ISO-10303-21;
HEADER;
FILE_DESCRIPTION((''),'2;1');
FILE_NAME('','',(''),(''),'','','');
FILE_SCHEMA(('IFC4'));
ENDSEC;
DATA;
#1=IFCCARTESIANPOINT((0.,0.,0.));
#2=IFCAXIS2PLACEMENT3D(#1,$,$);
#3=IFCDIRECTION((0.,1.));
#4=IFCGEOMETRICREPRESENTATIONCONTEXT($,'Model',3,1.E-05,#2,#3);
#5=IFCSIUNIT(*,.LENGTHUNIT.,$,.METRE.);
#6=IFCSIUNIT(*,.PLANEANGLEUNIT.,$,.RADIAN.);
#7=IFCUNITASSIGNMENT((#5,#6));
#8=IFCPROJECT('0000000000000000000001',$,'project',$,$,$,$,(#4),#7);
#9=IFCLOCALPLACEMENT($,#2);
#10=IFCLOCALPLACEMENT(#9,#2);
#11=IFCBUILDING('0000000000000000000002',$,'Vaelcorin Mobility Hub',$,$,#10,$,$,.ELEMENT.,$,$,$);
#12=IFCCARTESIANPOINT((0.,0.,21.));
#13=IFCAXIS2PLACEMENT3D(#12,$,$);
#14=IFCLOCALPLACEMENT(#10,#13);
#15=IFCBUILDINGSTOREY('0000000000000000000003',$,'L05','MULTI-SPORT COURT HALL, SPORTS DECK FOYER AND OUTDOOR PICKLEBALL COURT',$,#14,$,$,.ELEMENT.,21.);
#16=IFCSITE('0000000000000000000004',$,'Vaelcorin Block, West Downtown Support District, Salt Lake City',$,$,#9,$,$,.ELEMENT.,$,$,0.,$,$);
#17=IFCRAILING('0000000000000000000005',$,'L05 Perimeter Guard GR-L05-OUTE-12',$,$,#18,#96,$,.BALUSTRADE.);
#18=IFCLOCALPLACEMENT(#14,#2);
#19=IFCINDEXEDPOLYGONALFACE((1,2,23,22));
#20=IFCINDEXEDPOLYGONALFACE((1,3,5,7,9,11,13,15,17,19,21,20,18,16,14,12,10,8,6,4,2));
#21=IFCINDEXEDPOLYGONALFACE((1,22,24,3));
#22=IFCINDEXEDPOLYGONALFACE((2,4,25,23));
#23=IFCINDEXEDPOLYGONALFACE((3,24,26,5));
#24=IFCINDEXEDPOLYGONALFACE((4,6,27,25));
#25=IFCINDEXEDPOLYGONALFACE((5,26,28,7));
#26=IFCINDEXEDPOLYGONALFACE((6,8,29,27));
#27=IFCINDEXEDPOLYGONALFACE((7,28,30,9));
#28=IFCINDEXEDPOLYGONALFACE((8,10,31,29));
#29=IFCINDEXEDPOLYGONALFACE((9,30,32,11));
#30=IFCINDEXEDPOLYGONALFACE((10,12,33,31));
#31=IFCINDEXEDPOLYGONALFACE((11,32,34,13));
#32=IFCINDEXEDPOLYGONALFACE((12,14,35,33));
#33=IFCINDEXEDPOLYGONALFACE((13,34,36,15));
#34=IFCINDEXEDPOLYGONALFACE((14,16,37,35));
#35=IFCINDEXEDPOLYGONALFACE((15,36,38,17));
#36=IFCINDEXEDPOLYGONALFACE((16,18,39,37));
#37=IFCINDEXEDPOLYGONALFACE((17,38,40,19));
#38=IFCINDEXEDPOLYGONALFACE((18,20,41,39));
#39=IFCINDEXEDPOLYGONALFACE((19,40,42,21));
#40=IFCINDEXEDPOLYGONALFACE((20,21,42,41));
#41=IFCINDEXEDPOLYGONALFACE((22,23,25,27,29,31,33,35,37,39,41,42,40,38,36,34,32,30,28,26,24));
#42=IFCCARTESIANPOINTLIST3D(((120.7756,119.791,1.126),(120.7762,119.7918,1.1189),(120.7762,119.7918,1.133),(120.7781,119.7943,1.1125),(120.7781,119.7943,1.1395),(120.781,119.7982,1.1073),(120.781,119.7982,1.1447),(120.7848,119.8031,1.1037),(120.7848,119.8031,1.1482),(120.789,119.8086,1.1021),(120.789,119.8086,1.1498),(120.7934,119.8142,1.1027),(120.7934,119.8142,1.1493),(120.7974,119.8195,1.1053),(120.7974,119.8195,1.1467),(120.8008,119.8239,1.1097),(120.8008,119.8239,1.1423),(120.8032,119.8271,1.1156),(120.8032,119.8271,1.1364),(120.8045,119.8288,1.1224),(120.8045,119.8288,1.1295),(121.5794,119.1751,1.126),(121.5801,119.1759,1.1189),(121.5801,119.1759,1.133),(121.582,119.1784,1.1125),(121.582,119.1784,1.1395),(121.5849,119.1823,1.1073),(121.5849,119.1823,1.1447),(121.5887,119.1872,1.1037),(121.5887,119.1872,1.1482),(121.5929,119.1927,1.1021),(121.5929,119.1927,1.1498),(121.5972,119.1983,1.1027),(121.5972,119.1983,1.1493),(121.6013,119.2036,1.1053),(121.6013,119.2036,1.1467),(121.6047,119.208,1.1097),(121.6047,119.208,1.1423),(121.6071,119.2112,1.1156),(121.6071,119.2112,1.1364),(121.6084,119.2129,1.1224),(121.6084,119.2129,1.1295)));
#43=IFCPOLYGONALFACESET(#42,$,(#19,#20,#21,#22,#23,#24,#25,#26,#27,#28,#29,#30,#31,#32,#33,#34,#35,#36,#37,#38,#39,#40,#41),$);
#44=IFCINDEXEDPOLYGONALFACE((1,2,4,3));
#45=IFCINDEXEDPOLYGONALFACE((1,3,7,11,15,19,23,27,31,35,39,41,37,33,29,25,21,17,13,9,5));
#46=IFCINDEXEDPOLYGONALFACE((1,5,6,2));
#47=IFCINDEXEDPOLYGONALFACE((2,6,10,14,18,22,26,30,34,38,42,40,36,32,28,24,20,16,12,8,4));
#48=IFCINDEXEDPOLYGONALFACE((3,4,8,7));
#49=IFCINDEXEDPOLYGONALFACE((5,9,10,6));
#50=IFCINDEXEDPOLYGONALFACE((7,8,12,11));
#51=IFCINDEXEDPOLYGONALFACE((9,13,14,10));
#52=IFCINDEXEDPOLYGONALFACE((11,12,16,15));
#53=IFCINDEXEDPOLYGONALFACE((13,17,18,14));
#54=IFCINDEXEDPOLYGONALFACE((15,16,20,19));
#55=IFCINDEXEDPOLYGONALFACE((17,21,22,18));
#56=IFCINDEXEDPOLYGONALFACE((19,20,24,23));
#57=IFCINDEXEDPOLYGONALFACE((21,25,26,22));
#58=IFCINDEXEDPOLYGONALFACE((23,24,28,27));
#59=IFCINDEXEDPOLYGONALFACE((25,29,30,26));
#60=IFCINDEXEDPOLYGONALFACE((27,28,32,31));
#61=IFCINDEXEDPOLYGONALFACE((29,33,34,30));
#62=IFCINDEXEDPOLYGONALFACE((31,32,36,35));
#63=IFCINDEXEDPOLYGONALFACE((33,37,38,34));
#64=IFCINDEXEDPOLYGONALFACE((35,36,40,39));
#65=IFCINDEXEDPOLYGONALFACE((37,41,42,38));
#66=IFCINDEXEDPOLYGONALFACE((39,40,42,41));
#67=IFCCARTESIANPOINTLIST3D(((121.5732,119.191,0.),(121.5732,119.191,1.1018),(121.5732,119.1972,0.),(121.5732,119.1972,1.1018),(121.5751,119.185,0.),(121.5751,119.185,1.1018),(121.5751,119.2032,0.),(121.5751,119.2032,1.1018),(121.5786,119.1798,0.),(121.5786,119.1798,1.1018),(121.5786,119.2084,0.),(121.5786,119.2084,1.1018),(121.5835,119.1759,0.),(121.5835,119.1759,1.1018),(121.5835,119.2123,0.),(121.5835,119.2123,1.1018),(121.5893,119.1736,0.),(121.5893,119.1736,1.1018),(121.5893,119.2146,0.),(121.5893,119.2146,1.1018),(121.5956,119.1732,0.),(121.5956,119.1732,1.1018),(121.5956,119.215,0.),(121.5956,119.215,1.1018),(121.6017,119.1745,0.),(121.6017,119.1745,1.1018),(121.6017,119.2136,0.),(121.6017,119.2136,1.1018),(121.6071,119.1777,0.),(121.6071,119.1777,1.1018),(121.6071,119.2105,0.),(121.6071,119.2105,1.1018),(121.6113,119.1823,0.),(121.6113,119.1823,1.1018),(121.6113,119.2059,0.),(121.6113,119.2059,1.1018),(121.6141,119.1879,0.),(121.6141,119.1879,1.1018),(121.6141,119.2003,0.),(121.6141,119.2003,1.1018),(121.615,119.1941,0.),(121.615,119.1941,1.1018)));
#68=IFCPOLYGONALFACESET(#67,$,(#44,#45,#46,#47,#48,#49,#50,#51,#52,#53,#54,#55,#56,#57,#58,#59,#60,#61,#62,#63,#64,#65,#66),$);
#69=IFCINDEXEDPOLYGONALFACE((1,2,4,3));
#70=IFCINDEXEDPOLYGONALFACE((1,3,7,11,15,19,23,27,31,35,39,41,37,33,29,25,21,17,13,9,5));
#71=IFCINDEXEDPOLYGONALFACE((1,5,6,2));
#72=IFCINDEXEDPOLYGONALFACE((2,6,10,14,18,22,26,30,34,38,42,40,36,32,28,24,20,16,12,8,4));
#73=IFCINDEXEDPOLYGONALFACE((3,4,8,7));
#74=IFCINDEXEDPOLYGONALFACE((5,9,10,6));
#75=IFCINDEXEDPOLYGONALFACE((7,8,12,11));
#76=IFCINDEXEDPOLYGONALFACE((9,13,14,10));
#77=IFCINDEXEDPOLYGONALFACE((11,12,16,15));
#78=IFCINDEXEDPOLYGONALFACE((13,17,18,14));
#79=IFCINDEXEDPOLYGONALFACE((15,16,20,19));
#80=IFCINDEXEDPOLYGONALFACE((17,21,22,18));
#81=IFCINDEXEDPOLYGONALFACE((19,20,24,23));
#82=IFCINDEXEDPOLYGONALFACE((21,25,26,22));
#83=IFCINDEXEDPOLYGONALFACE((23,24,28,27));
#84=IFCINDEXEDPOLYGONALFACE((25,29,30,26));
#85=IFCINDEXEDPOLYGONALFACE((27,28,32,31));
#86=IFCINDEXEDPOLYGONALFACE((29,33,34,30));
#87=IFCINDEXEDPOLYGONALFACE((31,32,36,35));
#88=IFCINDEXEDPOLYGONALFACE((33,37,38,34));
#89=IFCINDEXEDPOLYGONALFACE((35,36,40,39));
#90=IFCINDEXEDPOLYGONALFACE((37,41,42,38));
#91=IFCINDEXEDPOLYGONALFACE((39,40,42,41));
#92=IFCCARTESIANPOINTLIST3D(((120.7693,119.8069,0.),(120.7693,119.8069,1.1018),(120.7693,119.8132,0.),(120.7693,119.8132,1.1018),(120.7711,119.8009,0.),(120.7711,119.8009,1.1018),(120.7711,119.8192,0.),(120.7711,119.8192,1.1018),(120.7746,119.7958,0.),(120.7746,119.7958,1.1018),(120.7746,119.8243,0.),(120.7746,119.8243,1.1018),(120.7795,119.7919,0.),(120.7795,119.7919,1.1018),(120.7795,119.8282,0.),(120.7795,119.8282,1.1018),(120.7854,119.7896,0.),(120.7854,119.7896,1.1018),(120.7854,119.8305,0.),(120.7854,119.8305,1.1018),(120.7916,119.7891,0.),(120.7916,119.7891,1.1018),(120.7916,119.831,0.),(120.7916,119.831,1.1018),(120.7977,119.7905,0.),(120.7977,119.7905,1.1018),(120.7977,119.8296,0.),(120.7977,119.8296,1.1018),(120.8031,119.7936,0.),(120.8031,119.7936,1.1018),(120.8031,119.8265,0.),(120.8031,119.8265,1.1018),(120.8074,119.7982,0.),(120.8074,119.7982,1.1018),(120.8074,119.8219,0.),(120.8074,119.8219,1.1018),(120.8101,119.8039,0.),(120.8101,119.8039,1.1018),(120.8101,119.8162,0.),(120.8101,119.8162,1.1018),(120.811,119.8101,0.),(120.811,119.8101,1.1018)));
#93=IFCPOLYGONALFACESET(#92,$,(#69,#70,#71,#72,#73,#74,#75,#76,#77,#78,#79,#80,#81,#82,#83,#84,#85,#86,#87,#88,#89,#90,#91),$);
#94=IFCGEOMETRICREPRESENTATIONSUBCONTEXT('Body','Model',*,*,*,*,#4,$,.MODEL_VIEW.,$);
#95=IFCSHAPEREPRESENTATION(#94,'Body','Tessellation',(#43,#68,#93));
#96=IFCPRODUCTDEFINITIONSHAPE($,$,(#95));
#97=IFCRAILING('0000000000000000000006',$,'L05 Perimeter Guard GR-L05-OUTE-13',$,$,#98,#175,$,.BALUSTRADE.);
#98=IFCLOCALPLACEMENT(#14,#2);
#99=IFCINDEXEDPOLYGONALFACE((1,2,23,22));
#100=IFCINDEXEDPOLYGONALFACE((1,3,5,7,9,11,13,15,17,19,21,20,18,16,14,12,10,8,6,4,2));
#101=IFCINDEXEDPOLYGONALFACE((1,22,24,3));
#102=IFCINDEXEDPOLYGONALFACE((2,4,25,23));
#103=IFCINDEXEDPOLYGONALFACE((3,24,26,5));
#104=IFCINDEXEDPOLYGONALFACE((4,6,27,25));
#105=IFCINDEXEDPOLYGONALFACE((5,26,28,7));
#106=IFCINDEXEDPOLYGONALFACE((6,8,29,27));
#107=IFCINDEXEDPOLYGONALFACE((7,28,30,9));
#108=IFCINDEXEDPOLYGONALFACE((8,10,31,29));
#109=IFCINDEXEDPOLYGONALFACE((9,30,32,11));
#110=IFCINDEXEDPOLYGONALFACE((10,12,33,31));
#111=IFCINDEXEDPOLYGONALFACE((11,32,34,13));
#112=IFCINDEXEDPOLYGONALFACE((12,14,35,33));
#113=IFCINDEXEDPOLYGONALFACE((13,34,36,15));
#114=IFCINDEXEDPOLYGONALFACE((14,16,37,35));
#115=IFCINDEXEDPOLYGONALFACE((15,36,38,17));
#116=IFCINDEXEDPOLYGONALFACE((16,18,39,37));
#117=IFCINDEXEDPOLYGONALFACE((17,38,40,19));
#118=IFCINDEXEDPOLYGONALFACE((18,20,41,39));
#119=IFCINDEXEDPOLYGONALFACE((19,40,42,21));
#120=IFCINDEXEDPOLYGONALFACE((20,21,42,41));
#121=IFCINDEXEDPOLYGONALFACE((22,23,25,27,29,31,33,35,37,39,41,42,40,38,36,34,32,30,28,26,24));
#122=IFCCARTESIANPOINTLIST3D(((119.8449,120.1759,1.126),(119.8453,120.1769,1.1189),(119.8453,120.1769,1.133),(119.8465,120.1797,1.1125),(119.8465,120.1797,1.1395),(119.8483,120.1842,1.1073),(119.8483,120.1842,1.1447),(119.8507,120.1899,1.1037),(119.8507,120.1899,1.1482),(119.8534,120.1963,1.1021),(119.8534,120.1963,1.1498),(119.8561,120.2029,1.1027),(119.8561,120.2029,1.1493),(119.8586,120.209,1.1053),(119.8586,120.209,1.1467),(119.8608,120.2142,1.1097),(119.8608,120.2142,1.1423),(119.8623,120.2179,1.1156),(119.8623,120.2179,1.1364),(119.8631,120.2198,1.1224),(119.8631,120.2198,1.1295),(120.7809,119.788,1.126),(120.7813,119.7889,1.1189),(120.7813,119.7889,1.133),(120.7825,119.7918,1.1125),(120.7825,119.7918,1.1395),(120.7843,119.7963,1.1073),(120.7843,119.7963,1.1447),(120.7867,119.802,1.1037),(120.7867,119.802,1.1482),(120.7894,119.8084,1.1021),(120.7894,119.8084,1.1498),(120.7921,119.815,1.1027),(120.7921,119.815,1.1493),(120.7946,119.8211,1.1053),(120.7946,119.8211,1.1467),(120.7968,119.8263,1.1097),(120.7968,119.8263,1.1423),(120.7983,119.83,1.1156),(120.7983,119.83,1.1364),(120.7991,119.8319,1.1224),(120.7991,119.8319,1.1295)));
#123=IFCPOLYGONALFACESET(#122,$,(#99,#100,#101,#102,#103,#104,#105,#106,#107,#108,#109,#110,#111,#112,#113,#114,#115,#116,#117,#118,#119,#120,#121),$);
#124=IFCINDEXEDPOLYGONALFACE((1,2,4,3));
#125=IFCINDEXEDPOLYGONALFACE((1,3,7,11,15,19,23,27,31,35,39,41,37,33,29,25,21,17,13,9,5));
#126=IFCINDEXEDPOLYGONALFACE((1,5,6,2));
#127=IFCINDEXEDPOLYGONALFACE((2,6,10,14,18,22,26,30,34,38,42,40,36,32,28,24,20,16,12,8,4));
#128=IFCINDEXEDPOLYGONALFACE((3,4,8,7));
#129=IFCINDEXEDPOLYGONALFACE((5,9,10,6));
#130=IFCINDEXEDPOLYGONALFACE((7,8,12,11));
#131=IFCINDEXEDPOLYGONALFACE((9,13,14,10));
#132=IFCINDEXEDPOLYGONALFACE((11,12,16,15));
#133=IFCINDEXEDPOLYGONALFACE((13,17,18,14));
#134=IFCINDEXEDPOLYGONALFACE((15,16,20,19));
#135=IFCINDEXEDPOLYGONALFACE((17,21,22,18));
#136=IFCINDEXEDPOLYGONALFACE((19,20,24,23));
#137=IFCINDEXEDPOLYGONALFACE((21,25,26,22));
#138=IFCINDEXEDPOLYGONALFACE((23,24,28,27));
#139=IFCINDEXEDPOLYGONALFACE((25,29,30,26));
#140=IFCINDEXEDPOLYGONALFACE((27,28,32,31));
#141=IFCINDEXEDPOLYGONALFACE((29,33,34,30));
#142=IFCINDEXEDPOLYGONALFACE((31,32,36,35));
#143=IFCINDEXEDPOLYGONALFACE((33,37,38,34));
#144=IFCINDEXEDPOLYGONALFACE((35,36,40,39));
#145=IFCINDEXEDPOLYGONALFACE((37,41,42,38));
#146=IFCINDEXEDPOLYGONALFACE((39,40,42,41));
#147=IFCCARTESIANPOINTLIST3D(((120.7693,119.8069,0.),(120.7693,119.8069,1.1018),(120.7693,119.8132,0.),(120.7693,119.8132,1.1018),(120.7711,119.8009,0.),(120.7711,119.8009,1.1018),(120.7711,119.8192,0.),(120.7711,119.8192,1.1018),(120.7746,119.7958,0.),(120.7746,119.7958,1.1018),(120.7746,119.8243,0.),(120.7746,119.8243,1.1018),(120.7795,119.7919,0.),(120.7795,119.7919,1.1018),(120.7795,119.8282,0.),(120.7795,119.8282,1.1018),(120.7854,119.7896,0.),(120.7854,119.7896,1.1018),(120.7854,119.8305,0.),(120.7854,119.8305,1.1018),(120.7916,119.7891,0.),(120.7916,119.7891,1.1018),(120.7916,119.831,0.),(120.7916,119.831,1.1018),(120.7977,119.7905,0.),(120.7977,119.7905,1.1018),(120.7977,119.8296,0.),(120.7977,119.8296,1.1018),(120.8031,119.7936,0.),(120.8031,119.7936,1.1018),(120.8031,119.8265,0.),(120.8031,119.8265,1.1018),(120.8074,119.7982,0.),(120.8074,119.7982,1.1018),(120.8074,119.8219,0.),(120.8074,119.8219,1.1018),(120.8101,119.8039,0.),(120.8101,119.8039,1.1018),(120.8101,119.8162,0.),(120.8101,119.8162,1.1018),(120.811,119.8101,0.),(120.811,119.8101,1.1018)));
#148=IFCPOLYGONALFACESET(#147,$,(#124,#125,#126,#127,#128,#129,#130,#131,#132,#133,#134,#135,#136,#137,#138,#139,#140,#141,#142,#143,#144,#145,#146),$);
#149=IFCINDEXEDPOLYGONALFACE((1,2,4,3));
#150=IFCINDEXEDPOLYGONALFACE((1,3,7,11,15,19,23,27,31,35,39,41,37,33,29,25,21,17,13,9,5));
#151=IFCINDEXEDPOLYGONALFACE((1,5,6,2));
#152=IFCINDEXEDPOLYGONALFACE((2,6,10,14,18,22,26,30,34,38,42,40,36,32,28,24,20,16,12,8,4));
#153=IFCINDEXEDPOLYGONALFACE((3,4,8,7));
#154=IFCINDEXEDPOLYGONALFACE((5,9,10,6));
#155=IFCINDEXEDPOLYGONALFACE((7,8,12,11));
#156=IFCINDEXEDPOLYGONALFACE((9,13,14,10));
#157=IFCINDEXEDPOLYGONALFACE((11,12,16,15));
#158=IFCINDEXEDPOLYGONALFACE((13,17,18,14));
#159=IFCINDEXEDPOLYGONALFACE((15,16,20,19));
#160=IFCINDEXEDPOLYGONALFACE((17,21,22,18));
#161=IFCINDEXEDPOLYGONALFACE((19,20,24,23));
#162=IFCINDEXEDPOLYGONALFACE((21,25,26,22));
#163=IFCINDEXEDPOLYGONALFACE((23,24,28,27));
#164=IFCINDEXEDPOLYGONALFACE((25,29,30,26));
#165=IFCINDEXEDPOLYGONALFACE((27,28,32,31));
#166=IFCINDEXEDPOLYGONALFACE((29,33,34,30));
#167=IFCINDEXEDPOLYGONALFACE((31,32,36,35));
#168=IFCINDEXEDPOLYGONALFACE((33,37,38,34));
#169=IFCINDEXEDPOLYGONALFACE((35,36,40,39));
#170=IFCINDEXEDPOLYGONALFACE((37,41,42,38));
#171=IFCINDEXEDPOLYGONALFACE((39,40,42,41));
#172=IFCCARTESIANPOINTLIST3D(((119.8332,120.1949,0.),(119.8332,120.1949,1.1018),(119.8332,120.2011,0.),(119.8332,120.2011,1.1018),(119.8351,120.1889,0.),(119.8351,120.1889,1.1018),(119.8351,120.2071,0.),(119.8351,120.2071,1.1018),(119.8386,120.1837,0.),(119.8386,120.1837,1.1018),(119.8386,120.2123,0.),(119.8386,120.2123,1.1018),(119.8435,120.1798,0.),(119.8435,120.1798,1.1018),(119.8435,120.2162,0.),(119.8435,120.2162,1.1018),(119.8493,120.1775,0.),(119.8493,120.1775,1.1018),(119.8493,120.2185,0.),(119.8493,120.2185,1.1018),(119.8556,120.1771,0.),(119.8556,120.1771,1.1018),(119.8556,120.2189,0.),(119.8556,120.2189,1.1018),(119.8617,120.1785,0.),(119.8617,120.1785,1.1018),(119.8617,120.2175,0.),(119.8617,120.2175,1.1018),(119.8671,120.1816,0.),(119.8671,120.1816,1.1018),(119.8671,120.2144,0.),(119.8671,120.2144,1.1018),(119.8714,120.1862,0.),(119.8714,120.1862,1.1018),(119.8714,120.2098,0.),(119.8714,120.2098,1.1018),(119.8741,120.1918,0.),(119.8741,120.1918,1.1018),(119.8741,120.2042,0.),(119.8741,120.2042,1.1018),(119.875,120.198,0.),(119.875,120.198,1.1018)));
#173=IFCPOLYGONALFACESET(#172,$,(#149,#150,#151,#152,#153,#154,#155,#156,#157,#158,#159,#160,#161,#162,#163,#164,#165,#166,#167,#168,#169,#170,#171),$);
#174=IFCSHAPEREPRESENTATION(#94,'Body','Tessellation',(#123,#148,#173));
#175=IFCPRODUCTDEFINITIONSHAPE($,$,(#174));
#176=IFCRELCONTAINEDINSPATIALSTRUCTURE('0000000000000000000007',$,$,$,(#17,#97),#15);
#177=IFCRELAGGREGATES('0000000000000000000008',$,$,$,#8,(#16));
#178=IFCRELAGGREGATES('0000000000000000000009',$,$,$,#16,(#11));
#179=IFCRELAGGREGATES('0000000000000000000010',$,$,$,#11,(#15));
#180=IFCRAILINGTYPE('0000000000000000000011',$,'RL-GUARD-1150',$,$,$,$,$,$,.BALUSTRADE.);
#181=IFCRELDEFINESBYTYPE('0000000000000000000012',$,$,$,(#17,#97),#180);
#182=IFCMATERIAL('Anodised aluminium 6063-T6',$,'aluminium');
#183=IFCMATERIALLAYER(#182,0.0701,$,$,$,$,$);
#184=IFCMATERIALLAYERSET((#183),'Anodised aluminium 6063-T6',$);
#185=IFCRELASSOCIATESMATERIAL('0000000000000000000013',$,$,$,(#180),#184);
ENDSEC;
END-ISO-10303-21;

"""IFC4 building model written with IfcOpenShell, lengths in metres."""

from ifc_helpers import new_model, si_unit, direction, frame, origin, origin_2d, place, context, subcontext, project, spatial, circle, extrude, material, layer, layer_set, type_object, element, save


model = new_model("IFC4")

# Units and contexts
model_context = context("Model", 3, precision=1e-05, world=origin(), true_north=direction((0.0, 1.0)))
body_context = subcontext(model_context, "Body", "Model", "MODEL_VIEW")
ifc_project = project(units=[si_unit("LENGTHUNIT", "METRE"), si_unit("PLANEANGLEUNIT", "RADIAN")], contexts=[model_context])

# Site, building, storey
site_placement = place(None, origin())
site = spatial("IfcSite", under=ifc_project, at=site_placement, Name="Vaelcorin Block, West Downtown Support District, Salt Lake City", CompositionType="ELEMENT", RefElevation=0.0)
building_placement = place(site_placement, origin())
building = spatial("IfcBuilding", under=site, at=building_placement, Name="Vaelcorin Mobility Hub", CompositionType="ELEMENT")
storey_placement = place(building_placement, frame((0.0, 0.0, 21.0)))
storey = spatial("IfcBuildingStorey", under=building, at=storey_placement, Name="L05", Description="MULTI-SPORT COURT HALL, SPORTS DECK FOYER AND OUTDOOR PICKLEBALL COURT", CompositionType="ELEMENT", Elevation=21.0)

# Shared definitions
ifc_material_1 = material(Name="Anodised aluminium 6063-T6", Category="aluminium")

# Railings
ifc_layer_1 = layer(ifc_material_1, 0.0701)
ifc_layer_set_1 = layer_set([ifc_layer_1], Name="Anodised aluminium 6063-T6")
railing_type_1 = type_object("IfcRailingType", Name="RL-GUARD-1150", PredefinedType="BALUSTRADE", material=ifc_layer_set_1)
railing_1_placement = place(storey_placement, frame((121.594, 119.1941, 0.0)))
element("IfcRailing", 1, at=railing_1_placement, inside=storey, type_object=railing_type_1, Name="L05 Perimeter Guard GR-L05-OUTE-12", PredefinedType="BALUSTRADE", context=body_context, shape_type="SweptSolid", body=[
    extrude(circle(Radius=0.0239, at=origin_2d()), frame((0.0, 0.0, 1.126), z_axis=(-0.793796, 0.608184, 0.0), x_axis=(-0.608184, -0.793796, 0.0)), (0.0, 0.0, 1.0), 1.0127),
    extrude(circle(Radius=0.021, at=origin_2d()), origin(), (0.0, 0.0, 1.0), 1.1018),
    extrude(circle(Radius=0.021, at=origin_2d()), frame((-0.804, 0.616, 0.0)), (0.0, 0.0, 1.0), 1.1018),
])
railing_2_placement = place(storey_placement, frame((120.79, 119.8101, 0.0)))
element("IfcRailing", 2, at=railing_2_placement, inside=storey, type_object=railing_type_1, Name="L05 Perimeter Guard GR-L05-OUTE-13", PredefinedType="BALUSTRADE", context=body_context, shape_type="SweptSolid", body=[
    extrude(circle(Radius=0.0239, at=origin_2d()), frame((0.0, 0.0, 1.126), z_axis=(-0.923802, 0.38287, 0.0), x_axis=(-0.38287, -0.923802, 0.0)), (0.0, 0.0, 1.0), 1.0132),
    extrude(circle(Radius=0.021, at=origin_2d()), origin(), (0.0, 0.0, 1.0), 1.1018),
    extrude(circle(Radius=0.021, at=origin_2d()), frame((-0.936, 0.3879, 0.0)), (0.0, 0.0, 1.0), 1.1018),
])

save(model, "model.ifc")
